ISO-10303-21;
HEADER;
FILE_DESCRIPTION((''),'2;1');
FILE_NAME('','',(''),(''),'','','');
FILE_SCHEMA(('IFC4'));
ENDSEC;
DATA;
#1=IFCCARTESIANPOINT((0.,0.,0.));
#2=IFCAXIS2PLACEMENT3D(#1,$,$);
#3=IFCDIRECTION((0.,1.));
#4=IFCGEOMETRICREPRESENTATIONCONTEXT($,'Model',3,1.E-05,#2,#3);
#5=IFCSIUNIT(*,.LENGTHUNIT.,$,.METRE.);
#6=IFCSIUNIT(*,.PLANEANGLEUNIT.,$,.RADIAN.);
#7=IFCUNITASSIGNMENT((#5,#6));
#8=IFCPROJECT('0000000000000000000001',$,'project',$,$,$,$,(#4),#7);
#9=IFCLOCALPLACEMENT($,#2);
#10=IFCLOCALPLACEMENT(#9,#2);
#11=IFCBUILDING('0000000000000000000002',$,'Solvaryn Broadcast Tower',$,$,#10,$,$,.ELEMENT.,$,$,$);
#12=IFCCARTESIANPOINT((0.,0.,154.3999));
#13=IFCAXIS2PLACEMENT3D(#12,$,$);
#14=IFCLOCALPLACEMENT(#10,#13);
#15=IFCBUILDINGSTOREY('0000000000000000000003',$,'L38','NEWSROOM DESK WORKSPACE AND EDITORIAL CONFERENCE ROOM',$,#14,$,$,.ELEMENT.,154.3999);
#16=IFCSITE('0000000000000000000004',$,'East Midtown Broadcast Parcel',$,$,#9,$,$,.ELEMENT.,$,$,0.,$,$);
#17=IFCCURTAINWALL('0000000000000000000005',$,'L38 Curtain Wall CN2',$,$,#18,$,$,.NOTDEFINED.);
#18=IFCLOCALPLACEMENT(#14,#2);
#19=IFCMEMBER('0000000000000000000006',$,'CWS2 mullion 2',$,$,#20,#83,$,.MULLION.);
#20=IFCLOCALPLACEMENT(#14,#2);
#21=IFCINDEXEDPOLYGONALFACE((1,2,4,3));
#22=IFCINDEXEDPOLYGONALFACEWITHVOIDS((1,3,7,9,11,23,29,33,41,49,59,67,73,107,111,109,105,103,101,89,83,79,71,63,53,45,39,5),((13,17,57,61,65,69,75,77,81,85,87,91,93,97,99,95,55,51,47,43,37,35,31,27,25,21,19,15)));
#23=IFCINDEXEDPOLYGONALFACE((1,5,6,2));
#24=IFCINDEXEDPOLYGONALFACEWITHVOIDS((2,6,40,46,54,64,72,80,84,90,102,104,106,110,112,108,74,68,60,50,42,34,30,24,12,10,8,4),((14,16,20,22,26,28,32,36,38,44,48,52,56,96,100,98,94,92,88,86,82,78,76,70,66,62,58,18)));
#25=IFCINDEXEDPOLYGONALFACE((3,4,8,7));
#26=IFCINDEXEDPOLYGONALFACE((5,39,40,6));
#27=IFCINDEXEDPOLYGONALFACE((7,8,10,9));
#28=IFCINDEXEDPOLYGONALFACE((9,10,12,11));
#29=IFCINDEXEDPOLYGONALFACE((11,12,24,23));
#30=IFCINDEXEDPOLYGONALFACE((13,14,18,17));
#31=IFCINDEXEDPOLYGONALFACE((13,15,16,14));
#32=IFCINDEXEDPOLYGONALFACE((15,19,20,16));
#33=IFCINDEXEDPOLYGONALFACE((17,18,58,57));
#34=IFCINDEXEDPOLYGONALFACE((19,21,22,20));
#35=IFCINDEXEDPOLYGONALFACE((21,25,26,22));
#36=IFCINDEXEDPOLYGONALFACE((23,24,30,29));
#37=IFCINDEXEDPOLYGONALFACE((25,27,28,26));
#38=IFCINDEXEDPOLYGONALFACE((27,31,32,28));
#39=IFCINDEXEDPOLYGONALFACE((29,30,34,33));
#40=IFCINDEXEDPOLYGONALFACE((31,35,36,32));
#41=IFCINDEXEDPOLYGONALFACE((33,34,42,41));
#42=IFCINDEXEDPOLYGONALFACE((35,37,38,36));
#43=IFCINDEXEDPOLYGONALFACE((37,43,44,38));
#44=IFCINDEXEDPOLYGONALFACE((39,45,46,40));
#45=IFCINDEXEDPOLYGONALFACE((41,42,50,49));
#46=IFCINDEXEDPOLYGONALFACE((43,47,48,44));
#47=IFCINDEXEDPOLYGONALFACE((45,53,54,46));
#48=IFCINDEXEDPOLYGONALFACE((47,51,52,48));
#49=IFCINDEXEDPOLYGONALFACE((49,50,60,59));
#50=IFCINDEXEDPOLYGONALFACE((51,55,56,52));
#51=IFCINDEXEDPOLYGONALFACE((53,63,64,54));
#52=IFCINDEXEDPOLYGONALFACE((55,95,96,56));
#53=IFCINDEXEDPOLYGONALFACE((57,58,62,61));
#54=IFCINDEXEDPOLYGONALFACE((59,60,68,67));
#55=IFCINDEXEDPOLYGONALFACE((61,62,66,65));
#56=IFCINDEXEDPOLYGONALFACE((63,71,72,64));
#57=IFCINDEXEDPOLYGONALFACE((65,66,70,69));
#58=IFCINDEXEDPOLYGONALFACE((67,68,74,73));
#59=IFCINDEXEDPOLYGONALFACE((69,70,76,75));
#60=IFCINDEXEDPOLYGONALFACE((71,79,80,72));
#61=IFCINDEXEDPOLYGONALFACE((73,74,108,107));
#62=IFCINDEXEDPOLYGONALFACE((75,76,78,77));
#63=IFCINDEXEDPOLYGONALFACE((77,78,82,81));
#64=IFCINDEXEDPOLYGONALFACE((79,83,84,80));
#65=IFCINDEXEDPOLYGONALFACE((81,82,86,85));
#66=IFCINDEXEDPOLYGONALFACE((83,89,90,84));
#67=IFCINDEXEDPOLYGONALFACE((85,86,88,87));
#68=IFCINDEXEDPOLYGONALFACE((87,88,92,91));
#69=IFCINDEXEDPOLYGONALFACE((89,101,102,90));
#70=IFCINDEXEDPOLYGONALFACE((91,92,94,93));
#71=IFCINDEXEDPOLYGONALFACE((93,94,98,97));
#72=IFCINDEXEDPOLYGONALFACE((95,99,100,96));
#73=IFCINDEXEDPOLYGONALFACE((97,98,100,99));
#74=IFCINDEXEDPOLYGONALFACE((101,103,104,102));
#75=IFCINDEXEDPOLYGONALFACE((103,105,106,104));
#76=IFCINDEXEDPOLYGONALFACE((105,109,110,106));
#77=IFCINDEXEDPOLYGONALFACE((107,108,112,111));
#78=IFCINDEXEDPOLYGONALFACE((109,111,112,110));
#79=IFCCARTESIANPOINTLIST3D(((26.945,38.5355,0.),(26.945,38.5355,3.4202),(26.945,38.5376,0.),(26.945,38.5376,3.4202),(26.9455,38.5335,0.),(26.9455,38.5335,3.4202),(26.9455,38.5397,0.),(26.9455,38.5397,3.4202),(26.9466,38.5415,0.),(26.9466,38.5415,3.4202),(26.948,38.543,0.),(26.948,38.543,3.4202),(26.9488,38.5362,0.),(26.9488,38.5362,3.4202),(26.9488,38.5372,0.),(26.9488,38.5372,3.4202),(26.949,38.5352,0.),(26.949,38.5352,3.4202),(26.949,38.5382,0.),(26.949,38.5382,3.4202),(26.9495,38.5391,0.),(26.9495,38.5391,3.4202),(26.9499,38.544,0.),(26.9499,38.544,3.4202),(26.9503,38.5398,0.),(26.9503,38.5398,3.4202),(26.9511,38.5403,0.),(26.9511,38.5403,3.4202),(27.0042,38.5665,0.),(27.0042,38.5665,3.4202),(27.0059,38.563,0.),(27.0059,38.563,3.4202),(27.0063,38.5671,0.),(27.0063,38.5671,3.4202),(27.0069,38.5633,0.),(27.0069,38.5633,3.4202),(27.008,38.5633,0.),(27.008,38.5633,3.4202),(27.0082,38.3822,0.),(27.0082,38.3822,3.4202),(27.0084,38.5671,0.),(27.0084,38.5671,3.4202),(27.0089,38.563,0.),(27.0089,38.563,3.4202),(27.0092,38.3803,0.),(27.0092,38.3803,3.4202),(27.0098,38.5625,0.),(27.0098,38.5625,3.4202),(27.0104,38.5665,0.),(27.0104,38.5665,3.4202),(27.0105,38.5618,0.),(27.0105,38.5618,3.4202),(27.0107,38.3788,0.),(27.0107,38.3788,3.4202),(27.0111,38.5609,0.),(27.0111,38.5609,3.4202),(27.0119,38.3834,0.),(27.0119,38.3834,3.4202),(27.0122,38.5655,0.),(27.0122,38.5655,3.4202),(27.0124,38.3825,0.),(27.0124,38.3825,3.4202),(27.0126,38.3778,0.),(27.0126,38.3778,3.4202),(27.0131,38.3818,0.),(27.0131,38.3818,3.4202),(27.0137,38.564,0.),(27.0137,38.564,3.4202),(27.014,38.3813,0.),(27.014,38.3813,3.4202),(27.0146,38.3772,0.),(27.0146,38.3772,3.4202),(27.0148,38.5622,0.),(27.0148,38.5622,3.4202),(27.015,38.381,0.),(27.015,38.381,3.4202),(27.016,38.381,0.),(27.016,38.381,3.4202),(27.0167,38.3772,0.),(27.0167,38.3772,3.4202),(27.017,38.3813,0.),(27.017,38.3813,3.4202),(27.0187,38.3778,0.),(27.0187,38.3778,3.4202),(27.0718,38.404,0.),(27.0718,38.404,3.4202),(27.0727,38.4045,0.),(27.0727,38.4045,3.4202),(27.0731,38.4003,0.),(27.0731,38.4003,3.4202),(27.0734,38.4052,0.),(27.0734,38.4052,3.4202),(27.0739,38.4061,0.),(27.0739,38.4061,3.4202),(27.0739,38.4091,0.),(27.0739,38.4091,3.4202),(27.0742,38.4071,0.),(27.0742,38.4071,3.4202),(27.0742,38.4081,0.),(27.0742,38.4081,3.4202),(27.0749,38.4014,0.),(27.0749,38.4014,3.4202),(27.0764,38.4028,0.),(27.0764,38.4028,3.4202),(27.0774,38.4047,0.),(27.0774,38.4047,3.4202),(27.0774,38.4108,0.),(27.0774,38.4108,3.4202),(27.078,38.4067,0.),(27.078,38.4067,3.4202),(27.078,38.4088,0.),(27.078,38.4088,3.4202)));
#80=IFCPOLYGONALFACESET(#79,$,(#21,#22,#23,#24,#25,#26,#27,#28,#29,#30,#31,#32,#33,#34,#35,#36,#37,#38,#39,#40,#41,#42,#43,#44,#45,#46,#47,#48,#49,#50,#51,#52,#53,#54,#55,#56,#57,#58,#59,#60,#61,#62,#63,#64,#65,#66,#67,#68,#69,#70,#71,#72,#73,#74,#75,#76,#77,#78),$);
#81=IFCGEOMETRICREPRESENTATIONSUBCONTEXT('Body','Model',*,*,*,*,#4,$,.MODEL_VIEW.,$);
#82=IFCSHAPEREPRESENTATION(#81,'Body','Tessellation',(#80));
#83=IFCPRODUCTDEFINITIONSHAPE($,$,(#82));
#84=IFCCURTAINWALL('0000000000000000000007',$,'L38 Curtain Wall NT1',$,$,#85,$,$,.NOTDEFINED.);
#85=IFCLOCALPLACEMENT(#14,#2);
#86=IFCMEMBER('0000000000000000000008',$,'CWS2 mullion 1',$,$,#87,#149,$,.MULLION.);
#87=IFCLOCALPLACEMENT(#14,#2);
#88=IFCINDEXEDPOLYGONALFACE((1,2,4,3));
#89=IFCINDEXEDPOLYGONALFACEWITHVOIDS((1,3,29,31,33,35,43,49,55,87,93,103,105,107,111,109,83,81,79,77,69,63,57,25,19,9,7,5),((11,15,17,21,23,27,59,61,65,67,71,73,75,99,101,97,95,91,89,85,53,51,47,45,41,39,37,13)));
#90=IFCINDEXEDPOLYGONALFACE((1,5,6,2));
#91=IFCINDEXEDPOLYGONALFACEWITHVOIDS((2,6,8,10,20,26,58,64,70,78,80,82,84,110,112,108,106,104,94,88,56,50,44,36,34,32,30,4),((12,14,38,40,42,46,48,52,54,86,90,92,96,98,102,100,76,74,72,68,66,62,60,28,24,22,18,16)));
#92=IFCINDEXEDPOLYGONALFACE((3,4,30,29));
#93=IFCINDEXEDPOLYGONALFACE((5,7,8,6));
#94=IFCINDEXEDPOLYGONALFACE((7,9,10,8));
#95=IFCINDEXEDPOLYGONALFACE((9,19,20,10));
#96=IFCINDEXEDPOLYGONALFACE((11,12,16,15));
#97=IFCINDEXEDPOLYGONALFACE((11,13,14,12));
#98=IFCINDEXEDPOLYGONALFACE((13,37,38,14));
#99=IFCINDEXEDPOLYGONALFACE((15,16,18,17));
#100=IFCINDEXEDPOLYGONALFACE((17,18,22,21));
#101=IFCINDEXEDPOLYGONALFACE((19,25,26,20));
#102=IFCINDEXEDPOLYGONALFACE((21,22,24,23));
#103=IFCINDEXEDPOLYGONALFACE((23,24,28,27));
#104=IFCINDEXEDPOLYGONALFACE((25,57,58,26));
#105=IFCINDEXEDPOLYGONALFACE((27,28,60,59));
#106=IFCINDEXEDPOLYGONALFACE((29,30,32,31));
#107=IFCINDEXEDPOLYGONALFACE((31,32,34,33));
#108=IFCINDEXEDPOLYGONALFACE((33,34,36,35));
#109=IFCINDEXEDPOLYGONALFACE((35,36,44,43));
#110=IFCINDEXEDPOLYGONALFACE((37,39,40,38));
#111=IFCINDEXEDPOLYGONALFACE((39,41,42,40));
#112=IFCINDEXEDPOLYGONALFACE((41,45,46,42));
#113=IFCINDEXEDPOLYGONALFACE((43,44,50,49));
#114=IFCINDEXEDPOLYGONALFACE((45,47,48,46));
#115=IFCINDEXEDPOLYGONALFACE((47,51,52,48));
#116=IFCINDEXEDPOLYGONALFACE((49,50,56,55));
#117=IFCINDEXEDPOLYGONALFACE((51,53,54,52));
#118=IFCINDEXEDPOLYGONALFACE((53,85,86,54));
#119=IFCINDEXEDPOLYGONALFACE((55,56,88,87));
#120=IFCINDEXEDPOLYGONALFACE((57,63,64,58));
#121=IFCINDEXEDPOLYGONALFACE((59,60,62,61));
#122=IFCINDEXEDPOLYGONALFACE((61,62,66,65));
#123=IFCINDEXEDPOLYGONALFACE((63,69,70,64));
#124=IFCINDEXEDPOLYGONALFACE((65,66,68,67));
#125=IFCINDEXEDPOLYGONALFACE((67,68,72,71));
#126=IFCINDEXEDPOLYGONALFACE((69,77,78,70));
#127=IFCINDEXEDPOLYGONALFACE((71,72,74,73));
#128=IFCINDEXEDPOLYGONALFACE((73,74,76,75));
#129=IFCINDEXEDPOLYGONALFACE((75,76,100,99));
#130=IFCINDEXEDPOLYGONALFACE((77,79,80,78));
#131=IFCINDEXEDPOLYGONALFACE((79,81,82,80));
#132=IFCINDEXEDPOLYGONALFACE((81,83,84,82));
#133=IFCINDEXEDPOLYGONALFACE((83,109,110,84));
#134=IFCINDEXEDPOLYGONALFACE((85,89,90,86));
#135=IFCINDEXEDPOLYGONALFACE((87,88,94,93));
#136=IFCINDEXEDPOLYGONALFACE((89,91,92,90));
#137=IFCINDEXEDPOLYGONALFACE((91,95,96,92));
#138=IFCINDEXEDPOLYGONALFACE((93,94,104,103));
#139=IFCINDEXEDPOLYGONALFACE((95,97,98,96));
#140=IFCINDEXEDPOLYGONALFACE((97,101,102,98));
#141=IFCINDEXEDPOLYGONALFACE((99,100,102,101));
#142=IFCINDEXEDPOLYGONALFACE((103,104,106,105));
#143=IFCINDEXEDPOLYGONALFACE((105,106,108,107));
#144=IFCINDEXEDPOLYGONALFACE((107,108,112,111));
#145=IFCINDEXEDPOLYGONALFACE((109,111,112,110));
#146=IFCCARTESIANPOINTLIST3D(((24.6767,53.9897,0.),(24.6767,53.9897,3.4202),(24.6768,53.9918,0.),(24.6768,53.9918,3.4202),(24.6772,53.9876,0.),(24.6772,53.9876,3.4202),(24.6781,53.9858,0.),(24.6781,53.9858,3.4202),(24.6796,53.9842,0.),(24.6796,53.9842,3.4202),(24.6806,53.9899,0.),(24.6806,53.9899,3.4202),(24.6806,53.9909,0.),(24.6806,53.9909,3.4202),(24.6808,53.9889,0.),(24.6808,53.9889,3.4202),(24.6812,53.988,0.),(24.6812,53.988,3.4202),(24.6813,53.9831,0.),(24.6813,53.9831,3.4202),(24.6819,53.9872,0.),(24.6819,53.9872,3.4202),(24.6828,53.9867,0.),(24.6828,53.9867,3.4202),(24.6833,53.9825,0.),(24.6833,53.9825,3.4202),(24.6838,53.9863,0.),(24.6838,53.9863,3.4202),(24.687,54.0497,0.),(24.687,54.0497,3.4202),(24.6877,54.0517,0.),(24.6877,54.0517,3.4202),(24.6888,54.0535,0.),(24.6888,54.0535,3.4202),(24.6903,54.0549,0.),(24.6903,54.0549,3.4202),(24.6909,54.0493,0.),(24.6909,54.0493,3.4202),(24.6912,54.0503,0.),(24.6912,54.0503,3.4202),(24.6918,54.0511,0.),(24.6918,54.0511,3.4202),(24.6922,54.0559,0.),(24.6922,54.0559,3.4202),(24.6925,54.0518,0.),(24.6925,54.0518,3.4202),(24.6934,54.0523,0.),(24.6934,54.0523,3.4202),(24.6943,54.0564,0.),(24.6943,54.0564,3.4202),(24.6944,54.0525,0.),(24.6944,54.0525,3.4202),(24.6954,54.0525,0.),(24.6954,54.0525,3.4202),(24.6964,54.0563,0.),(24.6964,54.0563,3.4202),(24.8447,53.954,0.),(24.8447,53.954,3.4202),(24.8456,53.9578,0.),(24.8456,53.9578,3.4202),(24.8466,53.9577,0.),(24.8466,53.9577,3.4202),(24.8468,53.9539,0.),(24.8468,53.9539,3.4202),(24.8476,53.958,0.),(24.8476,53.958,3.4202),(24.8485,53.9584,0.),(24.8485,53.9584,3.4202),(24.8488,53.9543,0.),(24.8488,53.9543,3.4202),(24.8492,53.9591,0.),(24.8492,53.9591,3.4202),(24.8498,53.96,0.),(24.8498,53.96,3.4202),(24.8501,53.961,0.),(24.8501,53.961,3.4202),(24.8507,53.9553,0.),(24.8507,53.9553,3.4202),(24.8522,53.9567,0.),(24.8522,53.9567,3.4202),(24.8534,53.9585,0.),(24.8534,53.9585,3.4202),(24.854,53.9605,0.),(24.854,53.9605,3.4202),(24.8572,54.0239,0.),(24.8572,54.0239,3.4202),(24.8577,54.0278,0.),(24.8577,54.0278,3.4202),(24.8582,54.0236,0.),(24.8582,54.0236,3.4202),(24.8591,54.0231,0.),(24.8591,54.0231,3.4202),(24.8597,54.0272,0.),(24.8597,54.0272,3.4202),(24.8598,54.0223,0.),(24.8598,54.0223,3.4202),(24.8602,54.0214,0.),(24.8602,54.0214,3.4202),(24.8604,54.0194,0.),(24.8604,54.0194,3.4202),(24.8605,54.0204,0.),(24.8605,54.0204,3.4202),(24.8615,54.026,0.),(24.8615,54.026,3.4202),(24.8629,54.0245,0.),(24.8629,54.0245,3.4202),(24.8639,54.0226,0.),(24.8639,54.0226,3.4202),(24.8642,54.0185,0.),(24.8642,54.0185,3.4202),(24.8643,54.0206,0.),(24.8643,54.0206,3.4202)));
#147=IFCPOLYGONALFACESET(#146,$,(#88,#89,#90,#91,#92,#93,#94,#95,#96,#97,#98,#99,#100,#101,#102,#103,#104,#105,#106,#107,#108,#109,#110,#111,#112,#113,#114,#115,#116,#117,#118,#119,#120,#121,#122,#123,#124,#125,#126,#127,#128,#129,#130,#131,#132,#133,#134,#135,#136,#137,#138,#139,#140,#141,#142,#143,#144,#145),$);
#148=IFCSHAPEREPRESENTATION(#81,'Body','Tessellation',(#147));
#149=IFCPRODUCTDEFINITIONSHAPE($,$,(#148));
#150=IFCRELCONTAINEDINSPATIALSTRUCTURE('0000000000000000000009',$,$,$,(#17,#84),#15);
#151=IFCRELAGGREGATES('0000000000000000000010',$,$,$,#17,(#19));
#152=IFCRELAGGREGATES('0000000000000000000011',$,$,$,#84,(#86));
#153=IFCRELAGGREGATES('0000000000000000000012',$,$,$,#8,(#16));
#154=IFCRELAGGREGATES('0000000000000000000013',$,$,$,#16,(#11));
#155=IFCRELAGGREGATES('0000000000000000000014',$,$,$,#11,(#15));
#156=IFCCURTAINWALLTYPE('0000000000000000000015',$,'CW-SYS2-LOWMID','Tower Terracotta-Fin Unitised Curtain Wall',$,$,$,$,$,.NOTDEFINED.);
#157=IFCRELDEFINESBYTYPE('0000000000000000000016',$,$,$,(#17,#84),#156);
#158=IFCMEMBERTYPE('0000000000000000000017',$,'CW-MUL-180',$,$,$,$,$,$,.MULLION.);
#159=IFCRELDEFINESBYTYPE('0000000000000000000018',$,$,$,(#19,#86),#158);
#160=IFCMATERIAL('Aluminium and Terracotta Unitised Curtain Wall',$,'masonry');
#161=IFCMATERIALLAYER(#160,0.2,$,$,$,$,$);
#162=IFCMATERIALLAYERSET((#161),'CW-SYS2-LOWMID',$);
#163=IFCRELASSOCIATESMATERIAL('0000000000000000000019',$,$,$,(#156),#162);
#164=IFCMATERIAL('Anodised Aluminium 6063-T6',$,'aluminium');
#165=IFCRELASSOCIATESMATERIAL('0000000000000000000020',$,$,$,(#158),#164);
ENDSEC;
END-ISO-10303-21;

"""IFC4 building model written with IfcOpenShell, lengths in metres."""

from ifc_helpers import new_model, si_unit, direction, frame, origin, origin_2d, place, context, subcontext, project, spatial, hollow_rectangle, extrude, material, layer, layer_set, material_profile, profile_set, type_object, element, aggregate, save


model = new_model("IFC4")

# Units and contexts
model_context = context("Model", 3, precision=1e-05, world=origin(), true_north=direction((0.0, 1.0)))
body_context = subcontext(model_context, "Body", "Model", "MODEL_VIEW")
ifc_project = project(units=[si_unit("LENGTHUNIT", "METRE"), si_unit("PLANEANGLEUNIT", "RADIAN")], contexts=[model_context])

# Site, building, storey
site_placement = place(None, origin())
site = spatial("IfcSite", under=ifc_project, at=site_placement, Name="East Midtown Broadcast Parcel", CompositionType="ELEMENT", RefElevation=0.0)
building_placement = place(site_placement, origin())
building = spatial("IfcBuilding", under=site, at=building_placement, Name="Solvaryn Broadcast Tower", CompositionType="ELEMENT")
storey_placement = place(building_placement, frame((0.0, 0.0, 154.3999)))
storey = spatial("IfcBuildingStorey", under=building, at=storey_placement, Name="L38", Description="NEWSROOM DESK WORKSPACE AND EDITORIAL CONFERENCE ROOM", CompositionType="ELEMENT", Elevation=154.3999)

# Shared definitions
ifc_material_1 = material(Name="Aluminium and Terracotta Unitised Curtain Wall", Category="masonry")
ifc_layer_1 = layer(ifc_material_1, 0.2)
ifc_layer_set_1 = layer_set([ifc_layer_1], Name="CW-SYS2-LOWMID")
curtain_wall_type = type_object("IfcCurtainWallType", Name="CW-SYS2-LOWMID", Description="Tower Terracotta-Fin Unitised Curtain Wall", PredefinedType="NOTDEFINED", material=ifc_layer_set_1)
ifc_material_2 = material(Name="Anodised Aluminium 6063-T6", Category="aluminium")
ifc_material_profile_1 = material_profile(ifc_material_2, hollow_rectangle(XDim=0.075, YDim=0.1799, WallThickness=0.0039, InnerFilletRadius=0.0039, OuterFilletRadius=0.0081, at=origin_2d()))
ifc_profile_set_1 = profile_set([ifc_material_profile_1], Name="Anodised Aluminium 6063-T6")
member_type_1 = type_object("IfcMemberType", Name="CW-MUL-180", PredefinedType="MULLION", material=ifc_profile_set_1)

# Curtain walls, members
curtain_wall_1_placement = place(storey_placement, origin())
curtain_wall_1 = element("IfcCurtainWall", 1, at=curtain_wall_1_placement, inside=storey, type_object=curtain_wall_type, Name="L38 Curtain Wall CN2", PredefinedType="NOTDEFINED")
member_1_placement = place(storey_placement, frame((27.0115, 38.4722, 0.0), z_axis=(0.0, 0.0, 1.0), x_axis=(-0.923895, -0.382646, 0.0)))
member_1 = element("IfcMember", 2, at=member_1_placement, type_object=member_type_1, Name="CWS2 mullion 2", PredefinedType="MULLION", context=body_context, shape_type="SweptSolid", body=[
    extrude(hollow_rectangle(XDim=0.075, YDim=0.1799, WallThickness=0.0039, InnerFilletRadius=0.0039, OuterFilletRadius=0.0081, at=origin_2d()), origin(), (0.0, 0.0, 1.0), 3.4202),
])
aggregate(curtain_wall_1, [member_1])
curtain_wall_2_placement = place(storey_placement, origin())
curtain_wall_2 = element("IfcCurtainWall", 3, at=curtain_wall_2_placement, inside=storey, type_object=curtain_wall_type, Name="L38 Curtain Wall NT1", PredefinedType="NOTDEFINED")
member_2_placement = place(storey_placement, frame((24.7705, 54.0051, 0.0), z_axis=(0.0, 0.0, 1.0), x_axis=(-0.173785, -0.984784, 0.0)))
member_2 = element("IfcMember", 4, at=member_2_placement, type_object=member_type_1, Name="CWS2 mullion 1", PredefinedType="MULLION", context=body_context, shape_type="SweptSolid", body=[
    extrude(hollow_rectangle(XDim=0.075, YDim=0.1799, WallThickness=0.0039, InnerFilletRadius=0.0039, OuterFilletRadius=0.0081, at=origin_2d()), origin(), (0.0, 0.0, 1.0), 3.4202),
])

aggregate(curtain_wall_2, [member_2])

save(model, "model.ifc")
